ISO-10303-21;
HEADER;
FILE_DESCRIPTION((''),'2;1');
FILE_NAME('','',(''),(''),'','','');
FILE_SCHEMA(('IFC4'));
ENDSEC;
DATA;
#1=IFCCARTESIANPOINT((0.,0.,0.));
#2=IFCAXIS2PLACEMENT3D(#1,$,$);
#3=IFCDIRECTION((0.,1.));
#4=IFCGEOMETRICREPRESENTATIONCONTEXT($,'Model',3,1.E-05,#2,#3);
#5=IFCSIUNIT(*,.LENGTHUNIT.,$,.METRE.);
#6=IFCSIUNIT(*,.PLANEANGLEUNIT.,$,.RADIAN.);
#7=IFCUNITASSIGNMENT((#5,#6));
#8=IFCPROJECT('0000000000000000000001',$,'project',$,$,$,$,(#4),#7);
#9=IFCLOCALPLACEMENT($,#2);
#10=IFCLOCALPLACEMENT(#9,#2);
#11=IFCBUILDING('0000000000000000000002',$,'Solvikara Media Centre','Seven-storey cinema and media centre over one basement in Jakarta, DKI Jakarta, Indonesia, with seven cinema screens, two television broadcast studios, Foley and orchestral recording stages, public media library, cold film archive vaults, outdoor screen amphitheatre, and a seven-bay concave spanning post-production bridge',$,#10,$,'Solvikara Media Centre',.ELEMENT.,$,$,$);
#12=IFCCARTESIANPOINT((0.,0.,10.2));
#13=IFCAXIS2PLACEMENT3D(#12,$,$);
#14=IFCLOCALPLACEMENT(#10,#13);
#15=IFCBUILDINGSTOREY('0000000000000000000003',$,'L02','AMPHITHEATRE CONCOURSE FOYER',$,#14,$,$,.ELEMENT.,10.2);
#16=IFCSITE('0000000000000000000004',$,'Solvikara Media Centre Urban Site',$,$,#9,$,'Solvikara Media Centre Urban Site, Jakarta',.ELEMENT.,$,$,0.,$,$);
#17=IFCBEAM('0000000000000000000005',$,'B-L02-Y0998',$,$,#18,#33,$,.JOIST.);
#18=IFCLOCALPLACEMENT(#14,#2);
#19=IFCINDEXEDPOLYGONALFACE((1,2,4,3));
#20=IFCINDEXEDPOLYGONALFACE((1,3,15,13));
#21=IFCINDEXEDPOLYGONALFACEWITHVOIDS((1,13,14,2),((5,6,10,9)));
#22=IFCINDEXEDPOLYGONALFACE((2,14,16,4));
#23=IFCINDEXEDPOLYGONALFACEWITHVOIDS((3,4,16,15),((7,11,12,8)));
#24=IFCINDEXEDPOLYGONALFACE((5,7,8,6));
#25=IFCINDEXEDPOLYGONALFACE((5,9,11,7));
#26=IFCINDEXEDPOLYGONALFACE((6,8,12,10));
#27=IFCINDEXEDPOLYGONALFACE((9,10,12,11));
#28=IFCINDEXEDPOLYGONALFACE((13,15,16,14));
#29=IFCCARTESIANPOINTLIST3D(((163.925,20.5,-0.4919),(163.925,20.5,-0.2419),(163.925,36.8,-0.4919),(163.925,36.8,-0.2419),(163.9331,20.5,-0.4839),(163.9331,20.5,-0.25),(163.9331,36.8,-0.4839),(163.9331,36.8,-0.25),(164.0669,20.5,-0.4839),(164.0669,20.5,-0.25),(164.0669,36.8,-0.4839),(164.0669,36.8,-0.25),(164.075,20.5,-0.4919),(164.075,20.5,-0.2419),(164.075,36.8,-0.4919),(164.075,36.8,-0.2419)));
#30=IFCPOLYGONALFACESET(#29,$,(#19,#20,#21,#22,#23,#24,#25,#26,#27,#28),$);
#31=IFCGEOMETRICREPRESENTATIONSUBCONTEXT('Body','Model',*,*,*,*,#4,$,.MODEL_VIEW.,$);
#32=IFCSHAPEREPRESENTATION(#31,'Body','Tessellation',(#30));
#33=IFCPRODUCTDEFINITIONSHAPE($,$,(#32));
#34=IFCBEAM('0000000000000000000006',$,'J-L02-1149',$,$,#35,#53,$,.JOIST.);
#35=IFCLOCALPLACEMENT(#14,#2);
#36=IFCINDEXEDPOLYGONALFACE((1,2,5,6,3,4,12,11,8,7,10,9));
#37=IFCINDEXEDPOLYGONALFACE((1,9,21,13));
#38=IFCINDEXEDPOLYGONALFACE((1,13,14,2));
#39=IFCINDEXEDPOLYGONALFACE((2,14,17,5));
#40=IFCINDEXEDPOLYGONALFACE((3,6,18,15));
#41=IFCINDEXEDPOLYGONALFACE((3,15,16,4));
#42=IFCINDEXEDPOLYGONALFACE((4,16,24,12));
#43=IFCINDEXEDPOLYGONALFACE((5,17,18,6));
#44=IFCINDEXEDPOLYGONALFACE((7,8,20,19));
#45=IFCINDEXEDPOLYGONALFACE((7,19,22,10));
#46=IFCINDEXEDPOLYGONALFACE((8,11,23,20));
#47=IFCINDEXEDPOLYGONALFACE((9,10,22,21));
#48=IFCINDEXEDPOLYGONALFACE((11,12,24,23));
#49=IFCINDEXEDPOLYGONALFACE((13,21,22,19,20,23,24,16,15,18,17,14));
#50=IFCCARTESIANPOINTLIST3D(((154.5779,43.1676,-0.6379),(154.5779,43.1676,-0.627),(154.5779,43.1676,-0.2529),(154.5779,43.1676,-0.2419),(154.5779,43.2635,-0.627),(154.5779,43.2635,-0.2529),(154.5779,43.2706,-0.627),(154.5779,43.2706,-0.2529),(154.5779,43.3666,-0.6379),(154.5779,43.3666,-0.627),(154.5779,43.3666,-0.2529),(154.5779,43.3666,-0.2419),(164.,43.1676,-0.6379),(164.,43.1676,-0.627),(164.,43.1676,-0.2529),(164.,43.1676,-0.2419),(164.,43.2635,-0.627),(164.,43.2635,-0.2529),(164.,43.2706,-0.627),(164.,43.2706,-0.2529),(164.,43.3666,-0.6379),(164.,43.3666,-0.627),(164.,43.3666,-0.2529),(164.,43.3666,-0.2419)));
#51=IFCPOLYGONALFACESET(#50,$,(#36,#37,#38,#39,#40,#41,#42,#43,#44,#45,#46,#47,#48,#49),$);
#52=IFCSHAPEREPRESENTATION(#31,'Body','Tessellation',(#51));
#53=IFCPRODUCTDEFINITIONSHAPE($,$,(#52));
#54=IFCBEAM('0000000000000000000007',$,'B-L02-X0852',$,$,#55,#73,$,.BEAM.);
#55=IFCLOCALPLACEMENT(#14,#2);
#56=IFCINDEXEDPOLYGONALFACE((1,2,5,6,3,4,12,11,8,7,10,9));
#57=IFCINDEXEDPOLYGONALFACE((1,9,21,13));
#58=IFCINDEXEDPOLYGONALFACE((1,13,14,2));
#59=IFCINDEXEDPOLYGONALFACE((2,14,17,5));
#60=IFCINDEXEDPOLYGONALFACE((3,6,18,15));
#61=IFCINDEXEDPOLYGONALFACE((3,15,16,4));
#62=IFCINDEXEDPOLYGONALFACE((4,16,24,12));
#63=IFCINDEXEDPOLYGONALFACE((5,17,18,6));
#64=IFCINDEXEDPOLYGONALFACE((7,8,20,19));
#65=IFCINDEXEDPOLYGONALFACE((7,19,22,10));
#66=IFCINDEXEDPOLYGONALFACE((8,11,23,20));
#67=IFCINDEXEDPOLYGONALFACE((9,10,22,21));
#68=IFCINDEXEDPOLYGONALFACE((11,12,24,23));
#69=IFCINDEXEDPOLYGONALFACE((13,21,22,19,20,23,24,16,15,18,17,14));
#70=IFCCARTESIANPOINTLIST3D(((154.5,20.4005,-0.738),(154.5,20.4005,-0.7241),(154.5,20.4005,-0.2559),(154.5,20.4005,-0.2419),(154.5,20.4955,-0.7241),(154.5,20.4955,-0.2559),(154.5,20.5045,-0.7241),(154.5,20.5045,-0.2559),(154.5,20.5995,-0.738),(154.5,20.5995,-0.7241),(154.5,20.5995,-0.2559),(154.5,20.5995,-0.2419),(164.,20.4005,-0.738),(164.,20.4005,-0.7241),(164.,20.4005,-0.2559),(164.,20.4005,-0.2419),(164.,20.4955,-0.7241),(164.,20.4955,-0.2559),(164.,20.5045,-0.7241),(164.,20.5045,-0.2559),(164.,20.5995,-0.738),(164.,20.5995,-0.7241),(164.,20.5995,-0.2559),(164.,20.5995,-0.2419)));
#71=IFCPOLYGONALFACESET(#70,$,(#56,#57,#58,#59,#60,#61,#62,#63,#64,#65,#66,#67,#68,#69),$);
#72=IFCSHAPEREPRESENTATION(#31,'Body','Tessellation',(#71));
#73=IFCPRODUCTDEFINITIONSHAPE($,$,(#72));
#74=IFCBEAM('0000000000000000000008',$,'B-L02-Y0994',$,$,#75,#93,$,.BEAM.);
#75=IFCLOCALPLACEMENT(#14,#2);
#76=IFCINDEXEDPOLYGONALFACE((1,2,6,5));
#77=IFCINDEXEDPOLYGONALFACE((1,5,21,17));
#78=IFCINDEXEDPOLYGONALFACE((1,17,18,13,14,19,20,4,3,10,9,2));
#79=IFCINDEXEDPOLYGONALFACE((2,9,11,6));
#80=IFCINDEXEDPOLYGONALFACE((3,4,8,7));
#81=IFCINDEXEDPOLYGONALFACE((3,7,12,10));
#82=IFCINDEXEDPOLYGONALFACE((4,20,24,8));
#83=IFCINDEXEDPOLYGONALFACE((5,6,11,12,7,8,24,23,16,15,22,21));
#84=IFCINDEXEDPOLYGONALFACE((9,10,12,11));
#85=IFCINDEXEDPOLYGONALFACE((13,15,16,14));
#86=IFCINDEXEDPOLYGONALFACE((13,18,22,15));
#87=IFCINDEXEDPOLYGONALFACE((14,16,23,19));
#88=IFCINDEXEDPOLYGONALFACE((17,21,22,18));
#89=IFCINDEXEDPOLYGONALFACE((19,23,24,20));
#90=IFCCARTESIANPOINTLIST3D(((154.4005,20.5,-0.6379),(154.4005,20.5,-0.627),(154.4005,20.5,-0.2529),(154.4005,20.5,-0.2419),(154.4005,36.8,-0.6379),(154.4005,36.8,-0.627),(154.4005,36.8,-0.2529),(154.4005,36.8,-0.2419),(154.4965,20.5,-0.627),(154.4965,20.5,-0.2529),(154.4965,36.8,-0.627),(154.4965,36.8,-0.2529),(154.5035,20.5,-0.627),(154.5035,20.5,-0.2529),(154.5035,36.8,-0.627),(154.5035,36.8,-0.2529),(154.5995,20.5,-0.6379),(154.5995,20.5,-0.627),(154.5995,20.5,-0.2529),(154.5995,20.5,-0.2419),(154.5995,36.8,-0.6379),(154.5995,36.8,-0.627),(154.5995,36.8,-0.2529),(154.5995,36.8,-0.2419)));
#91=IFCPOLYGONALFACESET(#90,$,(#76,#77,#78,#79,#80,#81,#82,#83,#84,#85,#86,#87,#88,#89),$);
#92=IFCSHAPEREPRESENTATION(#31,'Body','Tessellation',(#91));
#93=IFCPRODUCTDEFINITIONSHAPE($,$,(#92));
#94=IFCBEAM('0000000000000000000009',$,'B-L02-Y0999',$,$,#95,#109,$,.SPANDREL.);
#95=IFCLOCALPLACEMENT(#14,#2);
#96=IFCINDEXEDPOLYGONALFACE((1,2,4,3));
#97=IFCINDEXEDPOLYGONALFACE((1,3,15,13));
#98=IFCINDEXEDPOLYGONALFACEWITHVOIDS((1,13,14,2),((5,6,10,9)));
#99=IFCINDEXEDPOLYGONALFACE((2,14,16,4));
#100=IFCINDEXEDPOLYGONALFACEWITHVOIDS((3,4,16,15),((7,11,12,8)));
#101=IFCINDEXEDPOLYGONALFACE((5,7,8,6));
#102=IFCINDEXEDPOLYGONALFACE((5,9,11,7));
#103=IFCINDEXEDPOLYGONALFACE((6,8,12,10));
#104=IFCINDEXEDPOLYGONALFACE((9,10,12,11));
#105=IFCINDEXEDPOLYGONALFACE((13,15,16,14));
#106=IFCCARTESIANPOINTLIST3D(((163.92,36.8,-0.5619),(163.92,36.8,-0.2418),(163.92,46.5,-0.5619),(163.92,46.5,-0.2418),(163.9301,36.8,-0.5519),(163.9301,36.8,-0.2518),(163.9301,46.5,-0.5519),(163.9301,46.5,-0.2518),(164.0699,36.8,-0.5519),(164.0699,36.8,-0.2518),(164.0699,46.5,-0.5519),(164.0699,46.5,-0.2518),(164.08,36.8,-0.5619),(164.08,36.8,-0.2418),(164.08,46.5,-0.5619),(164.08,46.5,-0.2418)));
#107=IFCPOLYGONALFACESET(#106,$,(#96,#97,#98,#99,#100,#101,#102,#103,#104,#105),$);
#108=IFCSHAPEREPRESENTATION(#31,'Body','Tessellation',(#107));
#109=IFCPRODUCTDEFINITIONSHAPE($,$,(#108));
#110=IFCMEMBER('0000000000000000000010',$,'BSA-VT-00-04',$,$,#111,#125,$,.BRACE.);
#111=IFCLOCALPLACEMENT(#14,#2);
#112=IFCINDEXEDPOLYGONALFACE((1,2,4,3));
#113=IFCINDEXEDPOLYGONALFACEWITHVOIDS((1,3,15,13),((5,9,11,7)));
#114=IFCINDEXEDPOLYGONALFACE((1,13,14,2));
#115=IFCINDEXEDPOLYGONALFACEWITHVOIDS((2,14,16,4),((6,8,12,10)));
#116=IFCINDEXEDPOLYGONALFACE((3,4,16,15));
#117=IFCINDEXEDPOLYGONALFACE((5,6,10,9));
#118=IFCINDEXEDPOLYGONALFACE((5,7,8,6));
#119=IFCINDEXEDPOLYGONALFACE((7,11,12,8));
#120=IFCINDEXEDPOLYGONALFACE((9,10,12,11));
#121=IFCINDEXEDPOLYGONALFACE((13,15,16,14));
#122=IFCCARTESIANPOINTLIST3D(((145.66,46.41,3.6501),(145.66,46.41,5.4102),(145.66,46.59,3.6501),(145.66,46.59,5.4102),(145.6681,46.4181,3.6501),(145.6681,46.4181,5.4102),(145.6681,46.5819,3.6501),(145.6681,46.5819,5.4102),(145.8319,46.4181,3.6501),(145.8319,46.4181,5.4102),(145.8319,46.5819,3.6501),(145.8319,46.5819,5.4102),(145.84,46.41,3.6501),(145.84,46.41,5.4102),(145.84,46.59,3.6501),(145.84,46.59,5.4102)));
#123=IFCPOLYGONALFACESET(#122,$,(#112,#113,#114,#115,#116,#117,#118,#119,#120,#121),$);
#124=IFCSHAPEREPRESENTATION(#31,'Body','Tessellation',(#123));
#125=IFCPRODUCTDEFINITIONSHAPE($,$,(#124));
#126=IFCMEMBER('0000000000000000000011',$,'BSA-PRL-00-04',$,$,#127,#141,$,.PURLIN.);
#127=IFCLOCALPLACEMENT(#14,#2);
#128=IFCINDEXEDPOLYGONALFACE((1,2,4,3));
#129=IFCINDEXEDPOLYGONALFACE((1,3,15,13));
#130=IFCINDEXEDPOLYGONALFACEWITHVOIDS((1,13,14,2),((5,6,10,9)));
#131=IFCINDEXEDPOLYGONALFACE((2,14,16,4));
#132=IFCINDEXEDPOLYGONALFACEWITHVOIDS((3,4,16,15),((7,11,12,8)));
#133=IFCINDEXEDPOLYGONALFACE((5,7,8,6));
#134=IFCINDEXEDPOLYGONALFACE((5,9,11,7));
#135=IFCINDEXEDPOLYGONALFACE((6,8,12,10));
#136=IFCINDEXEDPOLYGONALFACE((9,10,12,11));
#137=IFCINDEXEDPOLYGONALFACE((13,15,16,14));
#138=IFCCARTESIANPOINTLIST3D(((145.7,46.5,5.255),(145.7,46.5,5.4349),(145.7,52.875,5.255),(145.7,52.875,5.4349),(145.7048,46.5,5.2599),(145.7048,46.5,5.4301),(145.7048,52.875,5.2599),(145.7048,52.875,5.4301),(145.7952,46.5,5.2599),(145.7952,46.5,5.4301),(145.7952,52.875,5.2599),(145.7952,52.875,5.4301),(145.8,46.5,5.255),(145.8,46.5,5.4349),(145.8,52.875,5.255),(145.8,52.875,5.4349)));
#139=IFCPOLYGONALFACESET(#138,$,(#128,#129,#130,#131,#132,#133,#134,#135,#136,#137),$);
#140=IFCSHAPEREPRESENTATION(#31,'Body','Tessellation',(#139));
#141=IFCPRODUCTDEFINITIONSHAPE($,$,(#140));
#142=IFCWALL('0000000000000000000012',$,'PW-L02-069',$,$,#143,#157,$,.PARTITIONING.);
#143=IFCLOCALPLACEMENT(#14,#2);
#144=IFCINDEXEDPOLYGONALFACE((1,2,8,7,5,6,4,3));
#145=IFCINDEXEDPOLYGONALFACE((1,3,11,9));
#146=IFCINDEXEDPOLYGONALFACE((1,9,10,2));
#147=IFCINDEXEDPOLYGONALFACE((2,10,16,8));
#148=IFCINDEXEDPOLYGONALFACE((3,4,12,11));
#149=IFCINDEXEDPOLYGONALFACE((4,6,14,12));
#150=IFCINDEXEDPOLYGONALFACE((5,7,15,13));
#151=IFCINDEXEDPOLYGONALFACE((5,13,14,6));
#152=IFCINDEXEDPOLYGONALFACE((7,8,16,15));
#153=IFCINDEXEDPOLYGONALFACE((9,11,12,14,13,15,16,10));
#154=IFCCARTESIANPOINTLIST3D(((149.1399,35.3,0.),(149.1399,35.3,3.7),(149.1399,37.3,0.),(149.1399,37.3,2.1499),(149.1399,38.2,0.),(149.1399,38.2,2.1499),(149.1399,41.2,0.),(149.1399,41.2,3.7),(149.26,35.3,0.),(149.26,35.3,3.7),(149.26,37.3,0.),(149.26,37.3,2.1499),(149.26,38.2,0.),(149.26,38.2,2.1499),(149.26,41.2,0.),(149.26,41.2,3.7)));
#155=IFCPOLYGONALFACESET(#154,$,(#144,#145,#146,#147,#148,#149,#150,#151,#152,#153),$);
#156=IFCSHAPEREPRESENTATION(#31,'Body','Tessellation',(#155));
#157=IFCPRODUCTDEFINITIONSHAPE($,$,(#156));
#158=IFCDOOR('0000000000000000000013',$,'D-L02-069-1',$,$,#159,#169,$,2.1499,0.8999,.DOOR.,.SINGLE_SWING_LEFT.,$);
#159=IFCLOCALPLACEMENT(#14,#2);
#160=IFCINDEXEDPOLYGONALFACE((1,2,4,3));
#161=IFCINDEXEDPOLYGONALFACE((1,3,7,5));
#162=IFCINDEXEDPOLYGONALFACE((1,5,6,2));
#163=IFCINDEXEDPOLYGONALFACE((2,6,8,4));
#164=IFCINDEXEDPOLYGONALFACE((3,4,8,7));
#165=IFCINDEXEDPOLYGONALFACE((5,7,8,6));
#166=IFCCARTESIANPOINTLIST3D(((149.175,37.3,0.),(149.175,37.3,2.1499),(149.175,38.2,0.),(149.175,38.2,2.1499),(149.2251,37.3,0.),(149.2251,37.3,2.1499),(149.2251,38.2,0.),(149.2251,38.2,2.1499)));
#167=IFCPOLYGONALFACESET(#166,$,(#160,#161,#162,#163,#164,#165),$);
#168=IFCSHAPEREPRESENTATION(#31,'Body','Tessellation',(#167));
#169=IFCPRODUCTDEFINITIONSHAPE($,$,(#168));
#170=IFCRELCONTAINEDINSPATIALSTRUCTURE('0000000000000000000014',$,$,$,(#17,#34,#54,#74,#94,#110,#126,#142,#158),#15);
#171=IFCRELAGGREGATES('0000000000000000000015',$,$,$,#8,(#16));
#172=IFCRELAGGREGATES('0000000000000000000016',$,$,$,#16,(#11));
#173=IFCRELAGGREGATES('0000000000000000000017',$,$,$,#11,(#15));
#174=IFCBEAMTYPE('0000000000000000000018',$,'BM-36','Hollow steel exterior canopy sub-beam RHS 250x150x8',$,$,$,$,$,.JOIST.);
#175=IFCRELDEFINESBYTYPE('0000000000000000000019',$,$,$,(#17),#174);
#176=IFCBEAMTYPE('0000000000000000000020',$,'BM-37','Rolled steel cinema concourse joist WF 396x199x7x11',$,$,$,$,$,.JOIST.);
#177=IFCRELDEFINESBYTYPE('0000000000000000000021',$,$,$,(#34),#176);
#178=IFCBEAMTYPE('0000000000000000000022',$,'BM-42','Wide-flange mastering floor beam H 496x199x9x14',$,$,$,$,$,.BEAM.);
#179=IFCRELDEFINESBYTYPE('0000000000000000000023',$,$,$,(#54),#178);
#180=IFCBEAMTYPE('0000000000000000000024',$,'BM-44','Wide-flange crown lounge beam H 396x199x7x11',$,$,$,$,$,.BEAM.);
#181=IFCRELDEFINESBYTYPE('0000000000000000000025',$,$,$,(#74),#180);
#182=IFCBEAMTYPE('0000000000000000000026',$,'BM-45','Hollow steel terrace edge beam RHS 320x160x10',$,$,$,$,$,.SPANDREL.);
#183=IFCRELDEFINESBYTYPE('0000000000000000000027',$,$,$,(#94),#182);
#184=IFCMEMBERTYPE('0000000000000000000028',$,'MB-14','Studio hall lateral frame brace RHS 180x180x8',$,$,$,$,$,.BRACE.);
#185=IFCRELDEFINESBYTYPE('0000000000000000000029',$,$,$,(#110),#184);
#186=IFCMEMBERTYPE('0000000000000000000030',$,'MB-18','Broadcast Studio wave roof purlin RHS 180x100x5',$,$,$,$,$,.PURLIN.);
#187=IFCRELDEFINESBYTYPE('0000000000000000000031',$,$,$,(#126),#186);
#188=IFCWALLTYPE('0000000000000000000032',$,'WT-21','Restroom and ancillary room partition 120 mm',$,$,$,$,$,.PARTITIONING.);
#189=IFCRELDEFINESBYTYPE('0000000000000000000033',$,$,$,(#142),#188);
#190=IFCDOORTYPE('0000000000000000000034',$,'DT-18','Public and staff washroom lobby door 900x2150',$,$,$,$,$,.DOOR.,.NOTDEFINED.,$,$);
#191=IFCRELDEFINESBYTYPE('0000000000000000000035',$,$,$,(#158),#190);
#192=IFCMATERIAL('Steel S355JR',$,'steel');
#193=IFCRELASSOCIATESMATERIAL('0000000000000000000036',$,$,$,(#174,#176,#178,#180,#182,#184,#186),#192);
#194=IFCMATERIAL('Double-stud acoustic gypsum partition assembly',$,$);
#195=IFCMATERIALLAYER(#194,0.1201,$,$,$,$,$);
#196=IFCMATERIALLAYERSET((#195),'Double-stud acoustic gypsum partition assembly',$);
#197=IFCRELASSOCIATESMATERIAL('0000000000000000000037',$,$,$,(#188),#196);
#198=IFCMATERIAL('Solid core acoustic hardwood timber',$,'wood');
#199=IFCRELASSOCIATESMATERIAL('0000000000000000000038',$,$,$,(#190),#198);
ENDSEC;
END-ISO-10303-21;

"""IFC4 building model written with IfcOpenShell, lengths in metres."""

from ifc_helpers import new_model, si_unit, direction, frame, frame_2d, origin, origin_2d, place, context, subcontext, project, spatial, rectangle, hollow_rectangle, i_section, extrude, material, layer, layer_set, material_profile, profile_set, type_object, element, fill, save


model = new_model("IFC4")

# Units and contexts
model_context = context("Model", 3, precision=1e-05, world=origin(), true_north=direction((0.0, 1.0)))
body_context = subcontext(model_context, "Body", "Model", "MODEL_VIEW")
ifc_project = project(units=[si_unit("LENGTHUNIT", "METRE"), si_unit("PLANEANGLEUNIT", "RADIAN")], contexts=[model_context])

# Site, building, storey
site_placement = place(None, origin())
site = spatial("IfcSite", under=ifc_project, at=site_placement, Name="Solvikara Media Centre Urban Site", LongName="Solvikara Media Centre Urban Site, Jakarta", CompositionType="ELEMENT", RefElevation=0.0)
building_placement = place(site_placement, origin())
building = spatial("IfcBuilding", under=site, at=building_placement, Name="Solvikara Media Centre", Description="Seven-storey cinema and media centre over one basement in Jakarta, DKI Jakarta, Indonesia, with seven cinema screens, two television broadcast studios, Foley and orchestral recording stages, public media library, cold film archive vaults, outdoor screen amphitheatre, and a seven-bay concave spanning post-production bridge", LongName="Solvikara Media Centre", CompositionType="ELEMENT")
storey_placement = place(building_placement, frame((0.0, 0.0, 10.2)))
storey = spatial("IfcBuildingStorey", under=building, at=storey_placement, Name="L02", Description="AMPHITHEATRE CONCOURSE FOYER", CompositionType="ELEMENT", Elevation=10.2)

# Shared definitions
ifc_material_1 = material(Name="Steel S355JR", Category="steel")

# Beams
ifc_material_profile_1 = material_profile(ifc_material_1, hollow_rectangle(XDim=0.1499, YDim=0.25, WallThickness=0.0081, at=origin_2d()), Name="RHS 250x150x8")
ifc_profile_set_1 = profile_set([ifc_material_profile_1], Name="Steel S355JR")
beam_type_1 = type_object("IfcBeamType", Name="BM-36", Description="Hollow steel exterior canopy sub-beam RHS 250x150x8", PredefinedType="JOIST", material=ifc_profile_set_1)
beam_1_placement = place(storey_placement, frame((164.0, 20.5, -0.3669), z_axis=(0.0, 1.0, 0.0), x_axis=(-1.0, 0.0, 0.0)))
element("IfcBeam", 1, at=beam_1_placement, inside=storey, type_object=beam_type_1, Name="B-L02-Y0998", PredefinedType="JOIST", context=body_context, shape_type="SweptSolid", body=[
    extrude(hollow_rectangle(XDim=0.1499, YDim=0.25, WallThickness=0.0081, at=origin_2d()), origin(), (0.0, 0.0, 1.0), 16.3),
])
ifc_material_profile_2 = material_profile(ifc_material_1, i_section(OverallWidth=0.199, OverallDepth=0.396, WebThickness=0.0071, FlangeThickness=0.011, at=origin_2d()), Name="WF 396x199x7x11")
ifc_profile_set_2 = profile_set([ifc_material_profile_2], Name="Steel S355JR")
beam_type_2 = type_object("IfcBeamType", Name="BM-37", Description="Rolled steel cinema concourse joist WF 396x199x7x11", PredefinedType="JOIST", material=ifc_profile_set_2)
beam_2_placement = place(storey_placement, frame((154.5779, 43.2671, -0.4399), z_axis=(1.0, 0.0, 0.0), x_axis=(0.0, 1.0, 0.0)))
element("IfcBeam", 2, at=beam_2_placement, inside=storey, type_object=beam_type_2, Name="J-L02-1149", PredefinedType="JOIST", context=body_context, shape_type="SweptSolid", body=[
    extrude(i_section(OverallWidth=0.199, OverallDepth=0.396, WebThickness=0.0071, FlangeThickness=0.011, at=origin_2d()), origin(), (0.0, 0.0, 1.0), 9.4221),
])
ifc_material_profile_3 = material_profile(ifc_material_1, i_section(OverallWidth=0.199, OverallDepth=0.4961, WebThickness=0.009, FlangeThickness=0.0139, at=origin_2d()), Name="H 496x199x9x14")
ifc_profile_set_3 = profile_set([ifc_material_profile_3], Name="Steel S355JR")
beam_type_3 = type_object("IfcBeamType", Name="BM-42", Description="Wide-flange mastering floor beam H 496x199x9x14", PredefinedType="BEAM", material=ifc_profile_set_3)
beam_3_placement = place(storey_placement, frame((154.5, 20.5, -0.49), z_axis=(1.0, 0.0, 0.0), x_axis=(0.0, 1.0, 0.0)))
element("IfcBeam", 3, at=beam_3_placement, inside=storey, type_object=beam_type_3, Name="B-L02-X0852", PredefinedType="BEAM", context=body_context, shape_type="SweptSolid", body=[
    extrude(i_section(OverallWidth=0.199, OverallDepth=0.4961, WebThickness=0.009, FlangeThickness=0.0139, at=origin_2d()), origin(), (0.0, 0.0, 1.0), 9.5),
])
ifc_material_profile_4 = material_profile(ifc_material_1, i_section(OverallWidth=0.199, OverallDepth=0.396, WebThickness=0.0071, FlangeThickness=0.011, at=origin_2d()), Name="H 396x199x7x11")
ifc_profile_set_4 = profile_set([ifc_material_profile_4], Name="Steel S355JR")
beam_type_4 = type_object("IfcBeamType", Name="BM-44", Description="Wide-flange crown lounge beam H 396x199x7x11", PredefinedType="BEAM", material=ifc_profile_set_4)
beam_4_placement = place(storey_placement, frame((154.5, 20.5, -0.4399), z_axis=(0.0, 1.0, 0.0), x_axis=(-1.0, 0.0, 0.0)))
element("IfcBeam", 4, at=beam_4_placement, inside=storey, type_object=beam_type_4, Name="B-L02-Y0994", PredefinedType="BEAM", context=body_context, shape_type="SweptSolid", body=[
    extrude(i_section(OverallWidth=0.199, OverallDepth=0.396, WebThickness=0.0071, FlangeThickness=0.011, at=origin_2d()), origin(), (0.0, 0.0, 1.0), 16.3),
])
ifc_material_profile_5 = material_profile(ifc_material_1, hollow_rectangle(XDim=0.1599, YDim=0.3201, WallThickness=0.01, at=origin_2d()), Name="RHS 320x160x10")
ifc_profile_set_5 = profile_set([ifc_material_profile_5], Name="Steel S355JR")
beam_type_5 = type_object("IfcBeamType", Name="BM-45", Description="Hollow steel terrace edge beam RHS 320x160x10", PredefinedType="SPANDREL", material=ifc_profile_set_5)
beam_5_placement = place(storey_placement, frame((164.0, 36.8, -0.4019), z_axis=(0.0, 1.0, 0.0), x_axis=(-1.0, 0.0, 0.0)))
element("IfcBeam", 5, at=beam_5_placement, inside=storey, type_object=beam_type_5, Name="B-L02-Y0999", PredefinedType="SPANDREL", context=body_context, shape_type="SweptSolid", body=[
    extrude(hollow_rectangle(XDim=0.1599, YDim=0.3201, WallThickness=0.01, at=origin_2d()), origin(), (0.0, 0.0, 1.0), 9.7),
])

# Members
ifc_material_profile_6 = material_profile(ifc_material_1, hollow_rectangle(XDim=0.1799, YDim=0.1799, WallThickness=0.0081, at=origin_2d()), Name="RHS 180x180x8")
ifc_profile_set_6 = profile_set([ifc_material_profile_6], Name="Steel S355JR")
member_type_1 = type_object("IfcMemberType", Name="MB-14", Description="Studio hall lateral frame brace RHS 180x180x8", PredefinedType="BRACE", material=ifc_profile_set_6)
member_1_placement = place(storey_placement, frame((145.75, 46.5, 3.6501), z_axis=(0.0, 0.0, 1.0), x_axis=(1.0, 0.0, 0.0)))
element("IfcMember", 6, at=member_1_placement, inside=storey, type_object=member_type_1, Name="BSA-VT-00-04", PredefinedType="BRACE", context=body_context, shape_type="SweptSolid", body=[
    extrude(hollow_rectangle(XDim=0.1799, YDim=0.1799, WallThickness=0.0081, at=origin_2d()), origin(), (0.0, 0.0, 1.0), 1.76),
])
ifc_material_profile_7 = material_profile(ifc_material_1, hollow_rectangle(XDim=0.1001, YDim=0.1799, WallThickness=0.0049, at=origin_2d()), Name="RHS 180x100x5")
ifc_profile_set_7 = profile_set([ifc_material_profile_7], Name="Steel S355JR")
member_type_2 = type_object("IfcMemberType", Name="MB-18", Description="Broadcast Studio wave roof purlin RHS 180x100x5", PredefinedType="PURLIN", material=ifc_profile_set_7)
member_2_placement = place(storey_placement, frame((145.75, 46.5, 5.345), z_axis=(0.0, 1.0, 0.0), x_axis=(-1.0, 0.0, 0.0)))
element("IfcMember", 7, at=member_2_placement, inside=storey, type_object=member_type_2, Name="BSA-PRL-00-04", PredefinedType="PURLIN", context=body_context, shape_type="SweptSolid", body=[
    extrude(hollow_rectangle(XDim=0.1001, YDim=0.1799, WallThickness=0.0049, at=origin_2d()), origin(), (0.0, 0.0, 1.0), 6.375),
])

# Wall, opening, door
ifc_material_2 = material(Name="Double-stud acoustic gypsum partition assembly")
ifc_layer_1 = layer(ifc_material_2, 0.1201)
ifc_layer_set_1 = layer_set([ifc_layer_1], Name="Double-stud acoustic gypsum partition assembly")
wall_type = type_object("IfcWallType", Name="WT-21", Description="Restroom and ancillary room partition 120 mm", PredefinedType="PARTITIONING", material=ifc_layer_set_1)
wall_1_placement = place(storey_placement, frame((149.2, 35.3, 0.0), z_axis=(0.0, 0.0, 1.0), x_axis=(0.0, 1.0, 0.0)))
wall_1 = element("IfcWall", 8, at=wall_1_placement, inside=storey, type_object=wall_type, Name="PW-L02-069", PredefinedType="PARTITIONING", context=body_context, shape_type="SweptSolid", body=[
    extrude(rectangle(XDim=5.8999, YDim=0.1201, at=frame_2d((2.95, 0.0))), origin(), (0.0, 0.0, 1.0), 3.7),
])
opening_1_placement = place(wall_1_placement, frame((2.0, 0.0, 0.0)))
opening_1 = element("IfcOpeningElement", 9, at=opening_1_placement, cuts=wall_1, PredefinedType="OPENING", context=body_context, shape_type="SweptSolid", body=[
    extrude(rectangle(XDim=0.8999, YDim=2.1499, at=frame_2d((0.45, 1.075))), frame((0.0, 0.072, 0.0), z_axis=(0.0, -1.0, 0.0), x_axis=(1.0, 0.0, 0.0)), (0.0, 0.0, 1.0), 0.144),
])
ifc_material_3 = material(Name="Solid core acoustic hardwood timber", Category="wood")
door_type_1 = type_object("IfcDoorType", Name="DT-18", Description="Public and staff washroom lobby door 900x2150", OperationType="NOTDEFINED", PredefinedType="DOOR", material=ifc_material_3)
door_1_placement = place(opening_1_placement, origin())
door_1 = element("IfcDoor", 10, at=door_1_placement, inside=storey, type_object=door_type_1, Name="D-L02-069-1", OperationType="SINGLE_SWING_LEFT", OverallHeight=2.1499, OverallWidth=0.8999, PredefinedType="DOOR", context=body_context, shape_type="SweptSolid", body=[
    extrude(rectangle(XDim=0.8999, YDim=2.1499, at=frame_2d((0.45, 1.075))), frame((0.0, 0.0249, 0.0), z_axis=(0.0, -1.0, 0.0), x_axis=(1.0, 0.0, 0.0)), (0.0, 0.0, 1.0), 0.05),
])
fill(opening_1, door_1)

save(model, "model.ifc")
